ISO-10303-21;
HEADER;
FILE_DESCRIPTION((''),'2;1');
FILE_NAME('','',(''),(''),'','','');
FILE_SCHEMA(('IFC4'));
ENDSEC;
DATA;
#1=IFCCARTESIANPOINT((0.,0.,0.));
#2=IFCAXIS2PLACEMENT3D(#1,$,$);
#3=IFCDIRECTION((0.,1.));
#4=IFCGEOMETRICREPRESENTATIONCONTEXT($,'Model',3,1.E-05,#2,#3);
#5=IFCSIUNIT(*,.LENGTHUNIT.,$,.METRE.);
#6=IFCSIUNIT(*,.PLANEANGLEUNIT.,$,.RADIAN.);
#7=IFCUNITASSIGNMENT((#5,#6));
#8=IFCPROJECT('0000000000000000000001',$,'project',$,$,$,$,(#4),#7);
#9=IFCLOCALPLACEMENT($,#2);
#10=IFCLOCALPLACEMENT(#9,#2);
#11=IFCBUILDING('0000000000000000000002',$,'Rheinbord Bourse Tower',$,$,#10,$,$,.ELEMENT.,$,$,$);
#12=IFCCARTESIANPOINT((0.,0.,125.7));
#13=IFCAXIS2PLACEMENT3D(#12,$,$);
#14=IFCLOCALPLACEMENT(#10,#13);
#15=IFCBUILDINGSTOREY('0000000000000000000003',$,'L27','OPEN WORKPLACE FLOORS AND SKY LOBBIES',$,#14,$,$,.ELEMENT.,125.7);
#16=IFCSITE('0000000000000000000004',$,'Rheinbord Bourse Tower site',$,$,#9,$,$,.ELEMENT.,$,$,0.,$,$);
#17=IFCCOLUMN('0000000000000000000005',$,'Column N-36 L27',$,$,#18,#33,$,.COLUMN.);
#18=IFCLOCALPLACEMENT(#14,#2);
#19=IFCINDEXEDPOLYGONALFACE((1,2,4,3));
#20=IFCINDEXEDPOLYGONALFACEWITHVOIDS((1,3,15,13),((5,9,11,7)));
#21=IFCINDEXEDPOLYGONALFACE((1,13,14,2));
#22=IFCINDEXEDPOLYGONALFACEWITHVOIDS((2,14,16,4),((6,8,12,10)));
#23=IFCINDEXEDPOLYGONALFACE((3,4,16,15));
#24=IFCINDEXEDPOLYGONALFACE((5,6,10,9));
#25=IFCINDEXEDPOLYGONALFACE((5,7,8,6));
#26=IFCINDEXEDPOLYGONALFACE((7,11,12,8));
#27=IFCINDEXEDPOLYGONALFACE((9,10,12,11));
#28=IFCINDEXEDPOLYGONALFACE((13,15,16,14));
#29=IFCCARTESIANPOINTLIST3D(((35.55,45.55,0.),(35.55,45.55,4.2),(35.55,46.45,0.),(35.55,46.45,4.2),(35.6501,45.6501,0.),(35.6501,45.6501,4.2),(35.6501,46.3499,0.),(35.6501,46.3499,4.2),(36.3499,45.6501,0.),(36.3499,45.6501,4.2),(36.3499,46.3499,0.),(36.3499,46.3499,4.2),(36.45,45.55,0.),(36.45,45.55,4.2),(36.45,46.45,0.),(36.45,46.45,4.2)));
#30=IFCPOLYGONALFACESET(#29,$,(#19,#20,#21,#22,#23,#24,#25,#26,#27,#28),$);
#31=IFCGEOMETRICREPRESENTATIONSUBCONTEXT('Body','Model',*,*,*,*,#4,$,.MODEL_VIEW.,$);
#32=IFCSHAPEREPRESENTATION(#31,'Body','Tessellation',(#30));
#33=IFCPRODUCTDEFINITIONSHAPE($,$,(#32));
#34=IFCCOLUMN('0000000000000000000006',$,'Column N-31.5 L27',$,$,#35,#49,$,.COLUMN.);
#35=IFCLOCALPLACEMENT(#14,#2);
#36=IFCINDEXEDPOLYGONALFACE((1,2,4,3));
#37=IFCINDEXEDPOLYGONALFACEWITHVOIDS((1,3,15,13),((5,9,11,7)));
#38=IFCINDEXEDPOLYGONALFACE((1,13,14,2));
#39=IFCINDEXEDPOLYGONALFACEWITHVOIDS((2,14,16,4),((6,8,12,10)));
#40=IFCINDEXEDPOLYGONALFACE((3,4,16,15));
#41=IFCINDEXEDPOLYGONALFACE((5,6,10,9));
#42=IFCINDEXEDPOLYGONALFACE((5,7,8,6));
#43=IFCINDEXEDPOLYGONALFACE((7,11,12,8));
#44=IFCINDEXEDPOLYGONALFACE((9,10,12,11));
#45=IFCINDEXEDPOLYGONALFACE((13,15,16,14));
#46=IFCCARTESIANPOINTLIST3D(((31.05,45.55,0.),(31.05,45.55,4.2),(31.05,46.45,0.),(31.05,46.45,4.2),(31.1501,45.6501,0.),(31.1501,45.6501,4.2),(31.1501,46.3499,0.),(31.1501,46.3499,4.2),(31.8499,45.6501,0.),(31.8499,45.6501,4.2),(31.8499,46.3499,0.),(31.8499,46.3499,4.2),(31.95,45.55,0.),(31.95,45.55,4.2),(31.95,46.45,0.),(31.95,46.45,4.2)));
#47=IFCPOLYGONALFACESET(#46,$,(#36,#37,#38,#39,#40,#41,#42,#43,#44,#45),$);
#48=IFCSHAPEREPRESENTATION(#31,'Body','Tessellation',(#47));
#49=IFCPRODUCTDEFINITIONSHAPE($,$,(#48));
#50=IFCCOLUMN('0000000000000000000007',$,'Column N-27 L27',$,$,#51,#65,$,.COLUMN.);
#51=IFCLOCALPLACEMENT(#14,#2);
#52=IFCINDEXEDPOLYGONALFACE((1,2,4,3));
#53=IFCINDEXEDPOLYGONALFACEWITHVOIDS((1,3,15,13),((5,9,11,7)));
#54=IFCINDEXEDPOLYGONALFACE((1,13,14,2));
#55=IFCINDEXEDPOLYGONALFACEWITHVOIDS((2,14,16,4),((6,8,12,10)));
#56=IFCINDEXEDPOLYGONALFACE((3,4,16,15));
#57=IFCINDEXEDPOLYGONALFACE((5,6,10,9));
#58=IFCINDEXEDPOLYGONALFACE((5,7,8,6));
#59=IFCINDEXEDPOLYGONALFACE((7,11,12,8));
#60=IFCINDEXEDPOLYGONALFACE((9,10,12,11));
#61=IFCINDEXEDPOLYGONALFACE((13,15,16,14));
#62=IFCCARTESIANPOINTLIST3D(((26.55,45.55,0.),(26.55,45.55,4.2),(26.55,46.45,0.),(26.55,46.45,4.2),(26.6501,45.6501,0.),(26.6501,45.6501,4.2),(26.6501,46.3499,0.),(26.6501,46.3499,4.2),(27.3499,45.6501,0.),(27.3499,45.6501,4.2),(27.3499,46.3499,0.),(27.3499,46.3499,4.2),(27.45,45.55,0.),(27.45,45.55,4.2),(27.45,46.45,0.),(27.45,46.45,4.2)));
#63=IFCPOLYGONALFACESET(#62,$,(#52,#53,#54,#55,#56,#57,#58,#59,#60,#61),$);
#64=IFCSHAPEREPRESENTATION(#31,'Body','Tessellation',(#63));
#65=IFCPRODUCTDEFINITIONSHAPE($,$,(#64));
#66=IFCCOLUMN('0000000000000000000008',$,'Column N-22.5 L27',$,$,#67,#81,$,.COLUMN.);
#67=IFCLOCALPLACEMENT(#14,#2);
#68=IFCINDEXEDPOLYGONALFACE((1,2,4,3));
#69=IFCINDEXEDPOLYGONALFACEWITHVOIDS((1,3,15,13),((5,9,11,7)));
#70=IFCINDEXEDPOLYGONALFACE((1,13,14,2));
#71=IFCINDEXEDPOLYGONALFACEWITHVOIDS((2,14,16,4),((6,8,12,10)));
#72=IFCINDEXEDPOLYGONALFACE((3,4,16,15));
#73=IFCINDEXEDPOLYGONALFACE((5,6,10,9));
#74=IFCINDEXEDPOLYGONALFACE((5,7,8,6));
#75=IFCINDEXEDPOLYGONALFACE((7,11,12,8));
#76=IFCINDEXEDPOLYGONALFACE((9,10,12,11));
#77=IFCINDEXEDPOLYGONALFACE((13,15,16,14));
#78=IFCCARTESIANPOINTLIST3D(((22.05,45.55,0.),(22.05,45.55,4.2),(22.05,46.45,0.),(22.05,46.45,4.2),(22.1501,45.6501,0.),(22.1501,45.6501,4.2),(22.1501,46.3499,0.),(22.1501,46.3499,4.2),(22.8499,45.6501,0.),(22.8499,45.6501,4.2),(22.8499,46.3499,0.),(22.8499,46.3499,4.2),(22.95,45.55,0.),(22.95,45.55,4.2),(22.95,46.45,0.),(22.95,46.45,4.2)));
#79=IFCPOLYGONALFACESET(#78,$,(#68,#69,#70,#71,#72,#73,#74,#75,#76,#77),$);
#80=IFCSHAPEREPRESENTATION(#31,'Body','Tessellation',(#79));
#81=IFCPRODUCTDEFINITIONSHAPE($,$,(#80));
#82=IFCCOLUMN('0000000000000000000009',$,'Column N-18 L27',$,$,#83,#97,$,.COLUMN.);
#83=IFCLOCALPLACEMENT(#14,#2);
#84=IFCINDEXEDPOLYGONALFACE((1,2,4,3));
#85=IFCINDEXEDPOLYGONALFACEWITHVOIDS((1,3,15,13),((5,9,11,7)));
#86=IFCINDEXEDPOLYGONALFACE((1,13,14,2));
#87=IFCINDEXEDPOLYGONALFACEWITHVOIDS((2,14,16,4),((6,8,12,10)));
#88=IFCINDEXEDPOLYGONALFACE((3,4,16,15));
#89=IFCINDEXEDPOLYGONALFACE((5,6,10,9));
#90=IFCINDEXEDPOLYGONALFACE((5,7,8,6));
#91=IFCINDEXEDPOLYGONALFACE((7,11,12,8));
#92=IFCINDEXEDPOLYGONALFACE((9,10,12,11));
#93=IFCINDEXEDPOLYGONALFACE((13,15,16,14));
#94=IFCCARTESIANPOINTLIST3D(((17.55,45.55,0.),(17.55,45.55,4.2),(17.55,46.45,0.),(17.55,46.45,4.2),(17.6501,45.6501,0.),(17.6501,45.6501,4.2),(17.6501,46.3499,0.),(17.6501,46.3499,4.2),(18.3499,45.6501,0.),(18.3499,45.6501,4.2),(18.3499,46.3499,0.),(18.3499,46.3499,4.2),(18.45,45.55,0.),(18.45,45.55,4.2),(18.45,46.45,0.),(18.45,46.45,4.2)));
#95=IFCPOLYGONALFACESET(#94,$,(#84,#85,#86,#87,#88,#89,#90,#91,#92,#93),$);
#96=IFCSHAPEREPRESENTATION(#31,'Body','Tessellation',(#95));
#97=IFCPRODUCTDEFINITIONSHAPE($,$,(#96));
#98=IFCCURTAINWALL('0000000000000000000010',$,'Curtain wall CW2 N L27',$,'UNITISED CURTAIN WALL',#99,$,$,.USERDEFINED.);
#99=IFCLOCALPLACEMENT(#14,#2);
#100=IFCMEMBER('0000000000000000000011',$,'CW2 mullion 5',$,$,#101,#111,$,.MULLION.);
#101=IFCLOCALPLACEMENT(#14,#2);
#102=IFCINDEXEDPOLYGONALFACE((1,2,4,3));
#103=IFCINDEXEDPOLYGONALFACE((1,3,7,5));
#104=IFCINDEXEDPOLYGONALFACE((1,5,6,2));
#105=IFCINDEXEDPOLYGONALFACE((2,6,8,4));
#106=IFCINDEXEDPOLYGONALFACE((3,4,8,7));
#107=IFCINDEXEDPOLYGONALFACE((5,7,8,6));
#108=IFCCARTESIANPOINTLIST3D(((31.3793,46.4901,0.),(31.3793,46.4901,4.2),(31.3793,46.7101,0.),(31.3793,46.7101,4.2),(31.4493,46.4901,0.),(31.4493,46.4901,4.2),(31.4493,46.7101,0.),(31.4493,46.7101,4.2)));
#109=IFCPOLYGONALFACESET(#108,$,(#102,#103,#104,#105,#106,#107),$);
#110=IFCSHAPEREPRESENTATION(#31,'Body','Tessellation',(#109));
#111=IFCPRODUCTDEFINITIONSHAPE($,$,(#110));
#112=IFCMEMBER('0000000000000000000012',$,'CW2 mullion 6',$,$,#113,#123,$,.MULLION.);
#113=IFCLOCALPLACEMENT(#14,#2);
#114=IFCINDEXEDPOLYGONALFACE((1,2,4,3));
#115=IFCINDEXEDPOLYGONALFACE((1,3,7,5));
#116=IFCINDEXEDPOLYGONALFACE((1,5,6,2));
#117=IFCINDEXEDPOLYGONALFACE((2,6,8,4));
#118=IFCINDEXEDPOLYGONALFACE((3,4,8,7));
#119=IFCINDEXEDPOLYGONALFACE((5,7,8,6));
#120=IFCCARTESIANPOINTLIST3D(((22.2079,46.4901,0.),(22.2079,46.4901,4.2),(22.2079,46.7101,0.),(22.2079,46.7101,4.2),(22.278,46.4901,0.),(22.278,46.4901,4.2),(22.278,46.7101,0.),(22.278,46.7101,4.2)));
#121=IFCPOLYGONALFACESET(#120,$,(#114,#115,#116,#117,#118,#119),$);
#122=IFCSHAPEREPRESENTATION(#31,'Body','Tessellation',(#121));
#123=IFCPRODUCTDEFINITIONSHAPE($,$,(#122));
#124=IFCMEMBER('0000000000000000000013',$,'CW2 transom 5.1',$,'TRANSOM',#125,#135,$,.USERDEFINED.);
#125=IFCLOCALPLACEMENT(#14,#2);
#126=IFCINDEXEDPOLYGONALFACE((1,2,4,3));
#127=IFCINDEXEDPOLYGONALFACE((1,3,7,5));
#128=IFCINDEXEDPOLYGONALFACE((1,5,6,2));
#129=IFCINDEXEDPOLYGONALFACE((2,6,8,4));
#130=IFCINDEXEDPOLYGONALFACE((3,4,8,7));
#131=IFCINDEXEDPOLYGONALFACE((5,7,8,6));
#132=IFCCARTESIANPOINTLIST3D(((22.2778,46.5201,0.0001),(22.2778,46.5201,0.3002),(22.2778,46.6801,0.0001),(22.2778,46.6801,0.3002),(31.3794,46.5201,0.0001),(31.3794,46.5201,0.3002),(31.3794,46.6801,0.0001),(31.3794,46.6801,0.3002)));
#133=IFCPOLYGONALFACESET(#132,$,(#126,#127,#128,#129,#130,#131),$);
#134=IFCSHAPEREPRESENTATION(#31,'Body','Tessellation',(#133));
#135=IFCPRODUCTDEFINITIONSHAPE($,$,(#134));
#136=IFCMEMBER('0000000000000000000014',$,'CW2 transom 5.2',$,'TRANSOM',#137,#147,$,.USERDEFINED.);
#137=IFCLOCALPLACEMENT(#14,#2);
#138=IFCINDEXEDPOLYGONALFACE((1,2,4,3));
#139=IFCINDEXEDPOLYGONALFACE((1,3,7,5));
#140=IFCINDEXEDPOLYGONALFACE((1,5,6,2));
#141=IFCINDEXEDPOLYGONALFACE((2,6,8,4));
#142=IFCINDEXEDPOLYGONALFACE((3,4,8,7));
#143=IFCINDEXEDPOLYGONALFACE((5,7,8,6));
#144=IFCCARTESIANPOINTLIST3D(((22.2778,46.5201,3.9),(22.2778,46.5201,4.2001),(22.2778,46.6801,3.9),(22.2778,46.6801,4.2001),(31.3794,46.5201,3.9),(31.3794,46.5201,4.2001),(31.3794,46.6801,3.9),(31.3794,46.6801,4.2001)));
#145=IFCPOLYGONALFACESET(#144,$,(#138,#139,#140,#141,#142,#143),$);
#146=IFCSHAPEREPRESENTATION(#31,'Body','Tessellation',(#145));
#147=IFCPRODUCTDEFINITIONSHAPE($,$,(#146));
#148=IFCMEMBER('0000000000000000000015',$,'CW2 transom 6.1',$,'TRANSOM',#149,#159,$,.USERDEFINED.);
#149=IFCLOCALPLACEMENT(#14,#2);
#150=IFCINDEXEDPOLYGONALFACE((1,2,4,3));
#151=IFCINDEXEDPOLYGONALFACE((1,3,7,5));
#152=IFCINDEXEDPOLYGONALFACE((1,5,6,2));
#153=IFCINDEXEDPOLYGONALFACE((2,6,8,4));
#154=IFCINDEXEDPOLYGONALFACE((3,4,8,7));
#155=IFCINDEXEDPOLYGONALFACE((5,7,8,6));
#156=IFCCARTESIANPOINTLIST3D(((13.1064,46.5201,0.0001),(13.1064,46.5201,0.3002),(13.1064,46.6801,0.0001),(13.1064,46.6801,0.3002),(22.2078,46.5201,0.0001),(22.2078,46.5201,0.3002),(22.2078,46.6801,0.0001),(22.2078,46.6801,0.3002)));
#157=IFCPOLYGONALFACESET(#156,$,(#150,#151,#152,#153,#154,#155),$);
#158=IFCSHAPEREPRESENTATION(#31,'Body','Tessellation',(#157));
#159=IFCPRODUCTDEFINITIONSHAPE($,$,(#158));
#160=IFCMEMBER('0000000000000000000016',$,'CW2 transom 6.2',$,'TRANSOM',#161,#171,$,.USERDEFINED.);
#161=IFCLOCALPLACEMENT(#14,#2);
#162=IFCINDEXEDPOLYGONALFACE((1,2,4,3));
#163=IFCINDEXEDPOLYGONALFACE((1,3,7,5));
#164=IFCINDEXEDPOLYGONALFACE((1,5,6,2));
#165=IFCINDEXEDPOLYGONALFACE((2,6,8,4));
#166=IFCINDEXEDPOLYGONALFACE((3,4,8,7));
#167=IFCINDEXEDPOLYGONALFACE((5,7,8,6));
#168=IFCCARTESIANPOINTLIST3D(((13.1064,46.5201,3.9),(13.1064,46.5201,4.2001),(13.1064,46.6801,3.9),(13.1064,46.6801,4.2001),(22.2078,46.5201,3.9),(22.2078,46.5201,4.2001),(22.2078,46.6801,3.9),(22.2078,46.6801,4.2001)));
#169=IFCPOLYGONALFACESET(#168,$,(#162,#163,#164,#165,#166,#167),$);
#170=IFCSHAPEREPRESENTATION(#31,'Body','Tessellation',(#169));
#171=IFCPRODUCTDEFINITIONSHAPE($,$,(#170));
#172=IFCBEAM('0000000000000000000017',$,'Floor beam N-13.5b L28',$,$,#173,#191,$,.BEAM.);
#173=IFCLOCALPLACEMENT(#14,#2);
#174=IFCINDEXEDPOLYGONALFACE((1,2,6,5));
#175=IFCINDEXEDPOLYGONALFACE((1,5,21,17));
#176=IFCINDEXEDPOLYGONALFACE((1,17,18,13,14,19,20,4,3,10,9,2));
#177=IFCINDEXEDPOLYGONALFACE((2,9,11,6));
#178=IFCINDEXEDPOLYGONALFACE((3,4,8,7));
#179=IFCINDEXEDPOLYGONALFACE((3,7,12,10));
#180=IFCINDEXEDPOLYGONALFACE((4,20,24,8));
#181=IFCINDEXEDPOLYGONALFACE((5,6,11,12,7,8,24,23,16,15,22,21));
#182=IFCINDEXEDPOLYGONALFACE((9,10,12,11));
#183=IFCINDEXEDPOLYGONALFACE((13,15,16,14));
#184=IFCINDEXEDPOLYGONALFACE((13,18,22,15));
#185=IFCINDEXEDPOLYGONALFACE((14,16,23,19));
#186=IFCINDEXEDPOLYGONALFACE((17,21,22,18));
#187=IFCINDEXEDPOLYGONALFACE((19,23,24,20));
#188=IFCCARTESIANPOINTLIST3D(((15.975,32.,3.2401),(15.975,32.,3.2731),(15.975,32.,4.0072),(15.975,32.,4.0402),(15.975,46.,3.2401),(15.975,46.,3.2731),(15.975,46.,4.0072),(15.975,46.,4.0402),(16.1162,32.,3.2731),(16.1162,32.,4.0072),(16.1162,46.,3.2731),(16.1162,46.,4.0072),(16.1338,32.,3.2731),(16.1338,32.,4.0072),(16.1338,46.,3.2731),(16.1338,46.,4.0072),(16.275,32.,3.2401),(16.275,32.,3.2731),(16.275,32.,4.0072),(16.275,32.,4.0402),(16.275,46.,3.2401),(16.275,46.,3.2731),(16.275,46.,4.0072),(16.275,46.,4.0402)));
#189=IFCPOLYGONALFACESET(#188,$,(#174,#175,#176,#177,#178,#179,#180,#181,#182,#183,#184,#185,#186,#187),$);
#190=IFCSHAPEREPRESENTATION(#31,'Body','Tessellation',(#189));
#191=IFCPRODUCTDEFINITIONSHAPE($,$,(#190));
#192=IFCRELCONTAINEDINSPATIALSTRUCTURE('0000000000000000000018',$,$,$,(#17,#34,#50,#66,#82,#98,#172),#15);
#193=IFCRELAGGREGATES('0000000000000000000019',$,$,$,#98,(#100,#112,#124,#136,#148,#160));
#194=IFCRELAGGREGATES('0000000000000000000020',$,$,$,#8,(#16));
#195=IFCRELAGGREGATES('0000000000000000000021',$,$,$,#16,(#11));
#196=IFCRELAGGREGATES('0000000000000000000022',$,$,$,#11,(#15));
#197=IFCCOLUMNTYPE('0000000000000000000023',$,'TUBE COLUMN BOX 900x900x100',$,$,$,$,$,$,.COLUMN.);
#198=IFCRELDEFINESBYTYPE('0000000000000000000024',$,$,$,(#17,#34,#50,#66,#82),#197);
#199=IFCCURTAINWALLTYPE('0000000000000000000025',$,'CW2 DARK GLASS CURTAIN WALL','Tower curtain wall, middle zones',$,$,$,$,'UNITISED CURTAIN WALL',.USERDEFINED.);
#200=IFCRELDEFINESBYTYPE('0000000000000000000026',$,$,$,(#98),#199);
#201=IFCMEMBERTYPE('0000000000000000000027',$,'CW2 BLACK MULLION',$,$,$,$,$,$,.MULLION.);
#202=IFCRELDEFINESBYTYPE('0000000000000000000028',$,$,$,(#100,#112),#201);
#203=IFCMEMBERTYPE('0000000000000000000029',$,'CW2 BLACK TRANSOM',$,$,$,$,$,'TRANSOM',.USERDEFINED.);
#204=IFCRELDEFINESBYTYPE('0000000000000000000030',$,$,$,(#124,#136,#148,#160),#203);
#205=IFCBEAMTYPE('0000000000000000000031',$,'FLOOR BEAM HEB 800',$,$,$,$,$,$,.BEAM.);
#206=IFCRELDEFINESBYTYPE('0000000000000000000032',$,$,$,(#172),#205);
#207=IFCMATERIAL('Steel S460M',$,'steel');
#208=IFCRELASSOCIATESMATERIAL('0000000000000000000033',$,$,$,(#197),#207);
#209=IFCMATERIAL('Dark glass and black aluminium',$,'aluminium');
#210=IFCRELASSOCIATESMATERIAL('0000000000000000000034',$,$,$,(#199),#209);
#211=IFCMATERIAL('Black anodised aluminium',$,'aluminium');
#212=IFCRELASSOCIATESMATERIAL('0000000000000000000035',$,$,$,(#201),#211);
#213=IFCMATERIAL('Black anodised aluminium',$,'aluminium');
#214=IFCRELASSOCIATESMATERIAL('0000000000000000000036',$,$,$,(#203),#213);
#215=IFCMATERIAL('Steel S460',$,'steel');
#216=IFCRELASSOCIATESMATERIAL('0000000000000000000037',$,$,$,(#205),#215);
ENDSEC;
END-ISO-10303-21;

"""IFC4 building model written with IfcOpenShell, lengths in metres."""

from ifc_helpers import new_model, si_unit, direction, frame, origin, origin_2d, place, context, subcontext, project, spatial, rectangle, hollow_rectangle, i_section, extrude, material, material_profile, profile_set, type_object, element, aggregate, save


model = new_model("IFC4")

# Units and contexts
model_context = context("Model", 3, precision=1e-05, world=origin(), true_north=direction((0.0, 1.0)))
body_context = subcontext(model_context, "Body", "Model", "MODEL_VIEW")
ifc_project = project(units=[si_unit("LENGTHUNIT", "METRE"), si_unit("PLANEANGLEUNIT", "RADIAN")], contexts=[model_context])

# Site, building, storey
site_placement = place(None, origin())
site = spatial("IfcSite", under=ifc_project, at=site_placement, Name="Rheinbord Bourse Tower site", CompositionType="ELEMENT", RefElevation=0.0)
building_placement = place(site_placement, origin())
building = spatial("IfcBuilding", under=site, at=building_placement, Name="Rheinbord Bourse Tower", CompositionType="ELEMENT")
storey_placement = place(building_placement, frame((0.0, 0.0, 125.7)))
storey = spatial("IfcBuildingStorey", under=building, at=storey_placement, Name="L27", Description="OPEN WORKPLACE FLOORS AND SKY LOBBIES", CompositionType="ELEMENT", Elevation=125.7)

# Columns
ifc_material_1 = material(Name="Steel S460M", Category="steel")
ifc_material_profile_1 = material_profile(ifc_material_1, hollow_rectangle(XDim=0.8999, YDim=0.8999, WallThickness=0.1001, at=origin_2d()), Name="BOX 900x900x100")
ifc_profile_set_1 = profile_set([ifc_material_profile_1], Name="Steel S460M")
column_type = type_object("IfcColumnType", Name="TUBE COLUMN BOX 900x900x100", PredefinedType="COLUMN", material=ifc_profile_set_1)
for number, where, z_axis, x_axis, name in (
    (1, (36.0, 46.0, 0.0), (0.0, 0.0, 1.0), (0.0, 1.0, 0.0), "Column N-36 L27"),
    (2, (31.5, 46.0, 0.0), (0.0, 0.0, 1.0), (0.0, 1.0, 0.0), "Column N-31.5 L27"),
    (3, (27.0, 46.0, 0.0), (0.0, 0.0, 1.0), (0.0, 1.0, 0.0), "Column N-27 L27"),
    (4, (22.5, 46.0, 0.0), (0.0, 0.0, 1.0), (0.0, 1.0, 0.0), "Column N-22.5 L27"),
    (5, (18.0, 46.0, 0.0), (0.0, 0.0, 1.0), (0.0, 1.0, 0.0), "Column N-18 L27"),
):
    element("IfcColumn", number, at=place(storey_placement, frame(where, z_axis=z_axis, x_axis=x_axis)), inside=storey, type_object=column_type, Name=name, PredefinedType="COLUMN", context=body_context, shape_type="SweptSolid", body=[
        extrude(hollow_rectangle(XDim=0.8999, YDim=0.8999, WallThickness=0.1001, at=origin_2d()), origin(), (0.0, 0.0, 1.0), 4.2),
    ])

# Curtain wall, members
ifc_material_2 = material(Name="Dark glass and black aluminium", Category="aluminium")
curtain_wall_type = type_object("IfcCurtainWallType", Name="CW2 DARK GLASS CURTAIN WALL", Description="Tower curtain wall, middle zones", ElementType="UNITISED CURTAIN WALL", PredefinedType="USERDEFINED", material=ifc_material_2)
curtain_wall_placement = place(storey_placement, origin())
curtain_wall = element("IfcCurtainWall", 6, at=curtain_wall_placement, inside=storey, type_object=curtain_wall_type, Name="Curtain wall CW2 N L27", ObjectType="UNITISED CURTAIN WALL", PredefinedType="USERDEFINED")
ifc_material_3 = material(Name="Black anodised aluminium", Category="aluminium")
ifc_material_profile_2 = material_profile(ifc_material_3, rectangle(XDim=0.22, YDim=0.0701, at=origin_2d()), Name="CW2 MULLION 70x220")
ifc_profile_set_2 = profile_set([ifc_material_profile_2], Name="Black anodised aluminium")
member_type_1 = type_object("IfcMemberType", Name="CW2 BLACK MULLION", PredefinedType="MULLION", material=ifc_profile_set_2)
member_1_placement = place(storey_placement, frame((31.4143, 46.6001, 0.0), z_axis=(0.0, 0.0, 1.0), x_axis=(0.0, -1.0, 0.0)))
member_1 = element("IfcMember", 7, at=member_1_placement, type_object=member_type_1, Name="CW2 mullion 5", PredefinedType="MULLION", context=body_context, shape_type="SweptSolid", body=[
    extrude(rectangle(XDim=0.22, YDim=0.0701, at=origin_2d()), origin(), (0.0, 0.0, 1.0), 4.2),
])
member_2_placement = place(storey_placement, frame((22.2429, 46.6001, 0.0), z_axis=(0.0, 0.0, 1.0), x_axis=(0.0, -1.0, 0.0)))
member_2 = element("IfcMember", 8, at=member_2_placement, type_object=member_type_1, Name="CW2 mullion 6", PredefinedType="MULLION", context=body_context, shape_type="SweptSolid", body=[
    extrude(rectangle(XDim=0.22, YDim=0.0701, at=origin_2d()), origin(), (0.0, 0.0, 1.0), 4.2),
])
ifc_material_4 = material(Name="Black anodised aluminium", Category="aluminium")
ifc_material_profile_3 = material_profile(ifc_material_4, rectangle(XDim=0.1599, YDim=0.3, at=origin_2d()), Name="CW2 TRANSOM 300x160")
ifc_profile_set_3 = profile_set([ifc_material_profile_3], Name="Black anodised aluminium")
member_type_2 = type_object("IfcMemberType", Name="CW2 BLACK TRANSOM", ElementType="TRANSOM", PredefinedType="USERDEFINED", material=ifc_profile_set_3)
member_3_placement = place(storey_placement, frame((31.3794, 46.6001, 0.1501), z_axis=(-1.0, 0.0, 0.0), x_axis=(0.0, -1.0, 0.0)))
member_3 = element("IfcMember", 9, at=member_3_placement, type_object=member_type_2, Name="CW2 transom 5.1", ObjectType="TRANSOM", PredefinedType="USERDEFINED", context=body_context, shape_type="SweptSolid", body=[
    extrude(rectangle(XDim=0.1599, YDim=0.3, at=origin_2d()), origin(), (0.0, 0.0, 1.0), 9.1016),
])
member_4_placement = place(storey_placement, frame((31.3794, 46.6001, 4.05), z_axis=(-1.0, 0.0, 0.0), x_axis=(0.0, -1.0, 0.0)))
member_4 = element("IfcMember", 10, at=member_4_placement, type_object=member_type_2, Name="CW2 transom 5.2", ObjectType="TRANSOM", PredefinedType="USERDEFINED", context=body_context, shape_type="SweptSolid", body=[
    extrude(rectangle(XDim=0.1599, YDim=0.3, at=origin_2d()), origin(), (0.0, 0.0, 1.0), 9.1016),
])
member_5_placement = place(storey_placement, frame((22.2078, 46.6001, 0.1501), z_axis=(-1.0, 0.0, 0.0), x_axis=(0.0, -1.0, 0.0)))
member_5 = element("IfcMember", 11, at=member_5_placement, type_object=member_type_2, Name="CW2 transom 6.1", ObjectType="TRANSOM", PredefinedType="USERDEFINED", context=body_context, shape_type="SweptSolid", body=[
    extrude(rectangle(XDim=0.1599, YDim=0.3, at=origin_2d()), origin(), (0.0, 0.0, 1.0), 9.1013),
])
member_6_placement = place(storey_placement, frame((22.2078, 46.6001, 4.05), z_axis=(-1.0, 0.0, 0.0), x_axis=(0.0, -1.0, 0.0)))
member_6 = element("IfcMember", 12, at=member_6_placement, type_object=member_type_2, Name="CW2 transom 6.2", ObjectType="TRANSOM", PredefinedType="USERDEFINED", context=body_context, shape_type="SweptSolid", body=[
    extrude(rectangle(XDim=0.1599, YDim=0.3, at=origin_2d()), origin(), (0.0, 0.0, 1.0), 9.1013),
])

# Beam
ifc_material_5 = material(Name="Steel S460", Category="steel")
ifc_material_profile_4 = material_profile(ifc_material_5, i_section(OverallWidth=0.3, OverallDepth=0.8, WebThickness=0.0176, FlangeThickness=0.033, at=origin_2d()), Name="HEB 800")
ifc_profile_set_4 = profile_set([ifc_material_profile_4], Name="Steel S460")
beam_type_1 = type_object("IfcBeamType", Name="FLOOR BEAM HEB 800", PredefinedType="BEAM", material=ifc_profile_set_4)
beam_placement = place(storey_placement, frame((16.125, 46.0, 3.6401), z_axis=(0.0, -1.0, 0.0), x_axis=(1.0, 0.0, 0.0)))
element("IfcBeam", 13, at=beam_placement, inside=storey, type_object=beam_type_1, Name="Floor beam N-13.5b L28", PredefinedType="BEAM", context=body_context, shape_type="SweptSolid", body=[
    extrude(i_section(OverallWidth=0.3, OverallDepth=0.8, WebThickness=0.0176, FlangeThickness=0.033, at=origin_2d()), origin(), (0.0, 0.0, 1.0), 14.0),
])

aggregate(curtain_wall, [member_1, member_2, member_3, member_4, member_5, member_6])

save(model, "model.ifc")
